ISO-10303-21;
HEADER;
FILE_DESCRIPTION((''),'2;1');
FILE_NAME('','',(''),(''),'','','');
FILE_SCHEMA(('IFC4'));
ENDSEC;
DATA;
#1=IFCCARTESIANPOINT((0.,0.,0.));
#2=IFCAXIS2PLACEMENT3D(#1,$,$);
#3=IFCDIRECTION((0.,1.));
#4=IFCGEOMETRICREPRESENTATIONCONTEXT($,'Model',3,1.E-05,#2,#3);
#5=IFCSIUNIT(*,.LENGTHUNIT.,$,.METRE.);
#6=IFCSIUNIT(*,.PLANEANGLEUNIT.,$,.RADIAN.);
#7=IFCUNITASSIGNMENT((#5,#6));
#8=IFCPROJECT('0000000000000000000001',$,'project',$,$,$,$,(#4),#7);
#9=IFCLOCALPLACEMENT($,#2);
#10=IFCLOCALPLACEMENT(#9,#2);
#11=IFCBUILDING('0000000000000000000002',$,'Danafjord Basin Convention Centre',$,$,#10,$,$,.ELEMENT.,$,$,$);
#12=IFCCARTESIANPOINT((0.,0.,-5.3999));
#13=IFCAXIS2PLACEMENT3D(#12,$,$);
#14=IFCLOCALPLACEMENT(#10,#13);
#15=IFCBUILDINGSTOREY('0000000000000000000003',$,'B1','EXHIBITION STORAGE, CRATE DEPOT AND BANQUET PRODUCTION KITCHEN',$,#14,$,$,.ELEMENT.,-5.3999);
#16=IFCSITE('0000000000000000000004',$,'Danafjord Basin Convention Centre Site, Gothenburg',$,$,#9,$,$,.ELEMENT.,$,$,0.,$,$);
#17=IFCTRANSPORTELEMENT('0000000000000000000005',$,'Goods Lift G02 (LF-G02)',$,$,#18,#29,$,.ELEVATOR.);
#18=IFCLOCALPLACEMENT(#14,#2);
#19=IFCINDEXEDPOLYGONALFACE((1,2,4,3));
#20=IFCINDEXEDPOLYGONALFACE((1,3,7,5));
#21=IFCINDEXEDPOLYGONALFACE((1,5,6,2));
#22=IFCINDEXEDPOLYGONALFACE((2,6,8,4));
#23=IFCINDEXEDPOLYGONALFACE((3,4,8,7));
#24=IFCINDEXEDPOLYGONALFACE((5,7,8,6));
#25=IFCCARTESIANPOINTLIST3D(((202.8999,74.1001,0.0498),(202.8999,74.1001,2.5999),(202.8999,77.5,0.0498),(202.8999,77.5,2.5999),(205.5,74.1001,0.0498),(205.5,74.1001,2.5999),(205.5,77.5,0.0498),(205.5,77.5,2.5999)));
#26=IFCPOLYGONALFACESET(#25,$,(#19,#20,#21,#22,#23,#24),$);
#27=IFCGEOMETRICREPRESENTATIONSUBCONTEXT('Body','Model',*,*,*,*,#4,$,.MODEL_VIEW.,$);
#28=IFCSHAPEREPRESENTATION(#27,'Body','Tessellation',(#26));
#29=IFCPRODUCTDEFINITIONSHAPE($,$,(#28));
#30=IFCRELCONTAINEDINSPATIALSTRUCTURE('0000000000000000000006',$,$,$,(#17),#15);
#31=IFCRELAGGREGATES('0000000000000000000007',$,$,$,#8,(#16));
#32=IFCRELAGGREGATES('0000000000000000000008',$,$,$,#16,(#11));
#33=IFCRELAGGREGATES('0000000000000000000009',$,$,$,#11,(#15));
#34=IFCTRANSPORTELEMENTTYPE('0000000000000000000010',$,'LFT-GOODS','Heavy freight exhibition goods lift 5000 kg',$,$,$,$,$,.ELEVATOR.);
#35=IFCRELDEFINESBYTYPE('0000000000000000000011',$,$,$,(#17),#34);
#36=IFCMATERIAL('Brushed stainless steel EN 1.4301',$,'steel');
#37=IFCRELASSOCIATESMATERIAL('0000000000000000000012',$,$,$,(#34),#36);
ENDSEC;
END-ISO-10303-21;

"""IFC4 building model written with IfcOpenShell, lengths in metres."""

from ifc_helpers import new_model, si_unit, direction, frame, origin, origin_2d, place, context, subcontext, project, spatial, rectangle, extrude, material, type_object, element, save


model = new_model("IFC4")

# Units and contexts
model_context = context("Model", 3, precision=1e-05, world=origin(), true_north=direction((0.0, 1.0)))
body_context = subcontext(model_context, "Body", "Model", "MODEL_VIEW")
ifc_project = project(units=[si_unit("LENGTHUNIT", "METRE"), si_unit("PLANEANGLEUNIT", "RADIAN")], contexts=[model_context])

# Site, building, storey
site_placement = place(None, origin())
site = spatial("IfcSite", under=ifc_project, at=site_placement, Name="Danafjord Basin Convention Centre Site, Gothenburg", CompositionType="ELEMENT", RefElevation=0.0)
building_placement = place(site_placement, origin())
building = spatial("IfcBuilding", under=site, at=building_placement, Name="Danafjord Basin Convention Centre", CompositionType="ELEMENT")
storey_placement = place(building_placement, frame((0.0, 0.0, -5.3999)))
storey = spatial("IfcBuildingStorey", under=building, at=storey_placement, Name="B1", Description="EXHIBITION STORAGE, CRATE DEPOT AND BANQUET PRODUCTION KITCHEN", CompositionType="ELEMENT", Elevation=-5.3999)

# Transport element
ifc_material_1 = material(Name="Brushed stainless steel EN 1.4301", Category="steel")
transport_element_type = type_object("IfcTransportElementType", Name="LFT-GOODS", Description="Heavy freight exhibition goods lift 5000 kg", PredefinedType="ELEVATOR", material=ifc_material_1)
transport_element_placement = place(storey_placement, frame((204.2, 75.8, 0.0498), z_axis=(0.0, 0.0, 1.0), x_axis=(1.0, 0.0, 0.0)))
element("IfcTransportElement", 1, at=transport_element_placement, inside=storey, type_object=transport_element_type, Name="Goods Lift G02 (LF-G02)", PredefinedType="ELEVATOR", context=body_context, shape_type="SweptSolid", body=[
    extrude(rectangle(XDim=2.6001, YDim=3.3999, at=origin_2d()), origin(), (0.0, 0.0, 1.0), 2.55),
])

save(model, "model.ifc")
